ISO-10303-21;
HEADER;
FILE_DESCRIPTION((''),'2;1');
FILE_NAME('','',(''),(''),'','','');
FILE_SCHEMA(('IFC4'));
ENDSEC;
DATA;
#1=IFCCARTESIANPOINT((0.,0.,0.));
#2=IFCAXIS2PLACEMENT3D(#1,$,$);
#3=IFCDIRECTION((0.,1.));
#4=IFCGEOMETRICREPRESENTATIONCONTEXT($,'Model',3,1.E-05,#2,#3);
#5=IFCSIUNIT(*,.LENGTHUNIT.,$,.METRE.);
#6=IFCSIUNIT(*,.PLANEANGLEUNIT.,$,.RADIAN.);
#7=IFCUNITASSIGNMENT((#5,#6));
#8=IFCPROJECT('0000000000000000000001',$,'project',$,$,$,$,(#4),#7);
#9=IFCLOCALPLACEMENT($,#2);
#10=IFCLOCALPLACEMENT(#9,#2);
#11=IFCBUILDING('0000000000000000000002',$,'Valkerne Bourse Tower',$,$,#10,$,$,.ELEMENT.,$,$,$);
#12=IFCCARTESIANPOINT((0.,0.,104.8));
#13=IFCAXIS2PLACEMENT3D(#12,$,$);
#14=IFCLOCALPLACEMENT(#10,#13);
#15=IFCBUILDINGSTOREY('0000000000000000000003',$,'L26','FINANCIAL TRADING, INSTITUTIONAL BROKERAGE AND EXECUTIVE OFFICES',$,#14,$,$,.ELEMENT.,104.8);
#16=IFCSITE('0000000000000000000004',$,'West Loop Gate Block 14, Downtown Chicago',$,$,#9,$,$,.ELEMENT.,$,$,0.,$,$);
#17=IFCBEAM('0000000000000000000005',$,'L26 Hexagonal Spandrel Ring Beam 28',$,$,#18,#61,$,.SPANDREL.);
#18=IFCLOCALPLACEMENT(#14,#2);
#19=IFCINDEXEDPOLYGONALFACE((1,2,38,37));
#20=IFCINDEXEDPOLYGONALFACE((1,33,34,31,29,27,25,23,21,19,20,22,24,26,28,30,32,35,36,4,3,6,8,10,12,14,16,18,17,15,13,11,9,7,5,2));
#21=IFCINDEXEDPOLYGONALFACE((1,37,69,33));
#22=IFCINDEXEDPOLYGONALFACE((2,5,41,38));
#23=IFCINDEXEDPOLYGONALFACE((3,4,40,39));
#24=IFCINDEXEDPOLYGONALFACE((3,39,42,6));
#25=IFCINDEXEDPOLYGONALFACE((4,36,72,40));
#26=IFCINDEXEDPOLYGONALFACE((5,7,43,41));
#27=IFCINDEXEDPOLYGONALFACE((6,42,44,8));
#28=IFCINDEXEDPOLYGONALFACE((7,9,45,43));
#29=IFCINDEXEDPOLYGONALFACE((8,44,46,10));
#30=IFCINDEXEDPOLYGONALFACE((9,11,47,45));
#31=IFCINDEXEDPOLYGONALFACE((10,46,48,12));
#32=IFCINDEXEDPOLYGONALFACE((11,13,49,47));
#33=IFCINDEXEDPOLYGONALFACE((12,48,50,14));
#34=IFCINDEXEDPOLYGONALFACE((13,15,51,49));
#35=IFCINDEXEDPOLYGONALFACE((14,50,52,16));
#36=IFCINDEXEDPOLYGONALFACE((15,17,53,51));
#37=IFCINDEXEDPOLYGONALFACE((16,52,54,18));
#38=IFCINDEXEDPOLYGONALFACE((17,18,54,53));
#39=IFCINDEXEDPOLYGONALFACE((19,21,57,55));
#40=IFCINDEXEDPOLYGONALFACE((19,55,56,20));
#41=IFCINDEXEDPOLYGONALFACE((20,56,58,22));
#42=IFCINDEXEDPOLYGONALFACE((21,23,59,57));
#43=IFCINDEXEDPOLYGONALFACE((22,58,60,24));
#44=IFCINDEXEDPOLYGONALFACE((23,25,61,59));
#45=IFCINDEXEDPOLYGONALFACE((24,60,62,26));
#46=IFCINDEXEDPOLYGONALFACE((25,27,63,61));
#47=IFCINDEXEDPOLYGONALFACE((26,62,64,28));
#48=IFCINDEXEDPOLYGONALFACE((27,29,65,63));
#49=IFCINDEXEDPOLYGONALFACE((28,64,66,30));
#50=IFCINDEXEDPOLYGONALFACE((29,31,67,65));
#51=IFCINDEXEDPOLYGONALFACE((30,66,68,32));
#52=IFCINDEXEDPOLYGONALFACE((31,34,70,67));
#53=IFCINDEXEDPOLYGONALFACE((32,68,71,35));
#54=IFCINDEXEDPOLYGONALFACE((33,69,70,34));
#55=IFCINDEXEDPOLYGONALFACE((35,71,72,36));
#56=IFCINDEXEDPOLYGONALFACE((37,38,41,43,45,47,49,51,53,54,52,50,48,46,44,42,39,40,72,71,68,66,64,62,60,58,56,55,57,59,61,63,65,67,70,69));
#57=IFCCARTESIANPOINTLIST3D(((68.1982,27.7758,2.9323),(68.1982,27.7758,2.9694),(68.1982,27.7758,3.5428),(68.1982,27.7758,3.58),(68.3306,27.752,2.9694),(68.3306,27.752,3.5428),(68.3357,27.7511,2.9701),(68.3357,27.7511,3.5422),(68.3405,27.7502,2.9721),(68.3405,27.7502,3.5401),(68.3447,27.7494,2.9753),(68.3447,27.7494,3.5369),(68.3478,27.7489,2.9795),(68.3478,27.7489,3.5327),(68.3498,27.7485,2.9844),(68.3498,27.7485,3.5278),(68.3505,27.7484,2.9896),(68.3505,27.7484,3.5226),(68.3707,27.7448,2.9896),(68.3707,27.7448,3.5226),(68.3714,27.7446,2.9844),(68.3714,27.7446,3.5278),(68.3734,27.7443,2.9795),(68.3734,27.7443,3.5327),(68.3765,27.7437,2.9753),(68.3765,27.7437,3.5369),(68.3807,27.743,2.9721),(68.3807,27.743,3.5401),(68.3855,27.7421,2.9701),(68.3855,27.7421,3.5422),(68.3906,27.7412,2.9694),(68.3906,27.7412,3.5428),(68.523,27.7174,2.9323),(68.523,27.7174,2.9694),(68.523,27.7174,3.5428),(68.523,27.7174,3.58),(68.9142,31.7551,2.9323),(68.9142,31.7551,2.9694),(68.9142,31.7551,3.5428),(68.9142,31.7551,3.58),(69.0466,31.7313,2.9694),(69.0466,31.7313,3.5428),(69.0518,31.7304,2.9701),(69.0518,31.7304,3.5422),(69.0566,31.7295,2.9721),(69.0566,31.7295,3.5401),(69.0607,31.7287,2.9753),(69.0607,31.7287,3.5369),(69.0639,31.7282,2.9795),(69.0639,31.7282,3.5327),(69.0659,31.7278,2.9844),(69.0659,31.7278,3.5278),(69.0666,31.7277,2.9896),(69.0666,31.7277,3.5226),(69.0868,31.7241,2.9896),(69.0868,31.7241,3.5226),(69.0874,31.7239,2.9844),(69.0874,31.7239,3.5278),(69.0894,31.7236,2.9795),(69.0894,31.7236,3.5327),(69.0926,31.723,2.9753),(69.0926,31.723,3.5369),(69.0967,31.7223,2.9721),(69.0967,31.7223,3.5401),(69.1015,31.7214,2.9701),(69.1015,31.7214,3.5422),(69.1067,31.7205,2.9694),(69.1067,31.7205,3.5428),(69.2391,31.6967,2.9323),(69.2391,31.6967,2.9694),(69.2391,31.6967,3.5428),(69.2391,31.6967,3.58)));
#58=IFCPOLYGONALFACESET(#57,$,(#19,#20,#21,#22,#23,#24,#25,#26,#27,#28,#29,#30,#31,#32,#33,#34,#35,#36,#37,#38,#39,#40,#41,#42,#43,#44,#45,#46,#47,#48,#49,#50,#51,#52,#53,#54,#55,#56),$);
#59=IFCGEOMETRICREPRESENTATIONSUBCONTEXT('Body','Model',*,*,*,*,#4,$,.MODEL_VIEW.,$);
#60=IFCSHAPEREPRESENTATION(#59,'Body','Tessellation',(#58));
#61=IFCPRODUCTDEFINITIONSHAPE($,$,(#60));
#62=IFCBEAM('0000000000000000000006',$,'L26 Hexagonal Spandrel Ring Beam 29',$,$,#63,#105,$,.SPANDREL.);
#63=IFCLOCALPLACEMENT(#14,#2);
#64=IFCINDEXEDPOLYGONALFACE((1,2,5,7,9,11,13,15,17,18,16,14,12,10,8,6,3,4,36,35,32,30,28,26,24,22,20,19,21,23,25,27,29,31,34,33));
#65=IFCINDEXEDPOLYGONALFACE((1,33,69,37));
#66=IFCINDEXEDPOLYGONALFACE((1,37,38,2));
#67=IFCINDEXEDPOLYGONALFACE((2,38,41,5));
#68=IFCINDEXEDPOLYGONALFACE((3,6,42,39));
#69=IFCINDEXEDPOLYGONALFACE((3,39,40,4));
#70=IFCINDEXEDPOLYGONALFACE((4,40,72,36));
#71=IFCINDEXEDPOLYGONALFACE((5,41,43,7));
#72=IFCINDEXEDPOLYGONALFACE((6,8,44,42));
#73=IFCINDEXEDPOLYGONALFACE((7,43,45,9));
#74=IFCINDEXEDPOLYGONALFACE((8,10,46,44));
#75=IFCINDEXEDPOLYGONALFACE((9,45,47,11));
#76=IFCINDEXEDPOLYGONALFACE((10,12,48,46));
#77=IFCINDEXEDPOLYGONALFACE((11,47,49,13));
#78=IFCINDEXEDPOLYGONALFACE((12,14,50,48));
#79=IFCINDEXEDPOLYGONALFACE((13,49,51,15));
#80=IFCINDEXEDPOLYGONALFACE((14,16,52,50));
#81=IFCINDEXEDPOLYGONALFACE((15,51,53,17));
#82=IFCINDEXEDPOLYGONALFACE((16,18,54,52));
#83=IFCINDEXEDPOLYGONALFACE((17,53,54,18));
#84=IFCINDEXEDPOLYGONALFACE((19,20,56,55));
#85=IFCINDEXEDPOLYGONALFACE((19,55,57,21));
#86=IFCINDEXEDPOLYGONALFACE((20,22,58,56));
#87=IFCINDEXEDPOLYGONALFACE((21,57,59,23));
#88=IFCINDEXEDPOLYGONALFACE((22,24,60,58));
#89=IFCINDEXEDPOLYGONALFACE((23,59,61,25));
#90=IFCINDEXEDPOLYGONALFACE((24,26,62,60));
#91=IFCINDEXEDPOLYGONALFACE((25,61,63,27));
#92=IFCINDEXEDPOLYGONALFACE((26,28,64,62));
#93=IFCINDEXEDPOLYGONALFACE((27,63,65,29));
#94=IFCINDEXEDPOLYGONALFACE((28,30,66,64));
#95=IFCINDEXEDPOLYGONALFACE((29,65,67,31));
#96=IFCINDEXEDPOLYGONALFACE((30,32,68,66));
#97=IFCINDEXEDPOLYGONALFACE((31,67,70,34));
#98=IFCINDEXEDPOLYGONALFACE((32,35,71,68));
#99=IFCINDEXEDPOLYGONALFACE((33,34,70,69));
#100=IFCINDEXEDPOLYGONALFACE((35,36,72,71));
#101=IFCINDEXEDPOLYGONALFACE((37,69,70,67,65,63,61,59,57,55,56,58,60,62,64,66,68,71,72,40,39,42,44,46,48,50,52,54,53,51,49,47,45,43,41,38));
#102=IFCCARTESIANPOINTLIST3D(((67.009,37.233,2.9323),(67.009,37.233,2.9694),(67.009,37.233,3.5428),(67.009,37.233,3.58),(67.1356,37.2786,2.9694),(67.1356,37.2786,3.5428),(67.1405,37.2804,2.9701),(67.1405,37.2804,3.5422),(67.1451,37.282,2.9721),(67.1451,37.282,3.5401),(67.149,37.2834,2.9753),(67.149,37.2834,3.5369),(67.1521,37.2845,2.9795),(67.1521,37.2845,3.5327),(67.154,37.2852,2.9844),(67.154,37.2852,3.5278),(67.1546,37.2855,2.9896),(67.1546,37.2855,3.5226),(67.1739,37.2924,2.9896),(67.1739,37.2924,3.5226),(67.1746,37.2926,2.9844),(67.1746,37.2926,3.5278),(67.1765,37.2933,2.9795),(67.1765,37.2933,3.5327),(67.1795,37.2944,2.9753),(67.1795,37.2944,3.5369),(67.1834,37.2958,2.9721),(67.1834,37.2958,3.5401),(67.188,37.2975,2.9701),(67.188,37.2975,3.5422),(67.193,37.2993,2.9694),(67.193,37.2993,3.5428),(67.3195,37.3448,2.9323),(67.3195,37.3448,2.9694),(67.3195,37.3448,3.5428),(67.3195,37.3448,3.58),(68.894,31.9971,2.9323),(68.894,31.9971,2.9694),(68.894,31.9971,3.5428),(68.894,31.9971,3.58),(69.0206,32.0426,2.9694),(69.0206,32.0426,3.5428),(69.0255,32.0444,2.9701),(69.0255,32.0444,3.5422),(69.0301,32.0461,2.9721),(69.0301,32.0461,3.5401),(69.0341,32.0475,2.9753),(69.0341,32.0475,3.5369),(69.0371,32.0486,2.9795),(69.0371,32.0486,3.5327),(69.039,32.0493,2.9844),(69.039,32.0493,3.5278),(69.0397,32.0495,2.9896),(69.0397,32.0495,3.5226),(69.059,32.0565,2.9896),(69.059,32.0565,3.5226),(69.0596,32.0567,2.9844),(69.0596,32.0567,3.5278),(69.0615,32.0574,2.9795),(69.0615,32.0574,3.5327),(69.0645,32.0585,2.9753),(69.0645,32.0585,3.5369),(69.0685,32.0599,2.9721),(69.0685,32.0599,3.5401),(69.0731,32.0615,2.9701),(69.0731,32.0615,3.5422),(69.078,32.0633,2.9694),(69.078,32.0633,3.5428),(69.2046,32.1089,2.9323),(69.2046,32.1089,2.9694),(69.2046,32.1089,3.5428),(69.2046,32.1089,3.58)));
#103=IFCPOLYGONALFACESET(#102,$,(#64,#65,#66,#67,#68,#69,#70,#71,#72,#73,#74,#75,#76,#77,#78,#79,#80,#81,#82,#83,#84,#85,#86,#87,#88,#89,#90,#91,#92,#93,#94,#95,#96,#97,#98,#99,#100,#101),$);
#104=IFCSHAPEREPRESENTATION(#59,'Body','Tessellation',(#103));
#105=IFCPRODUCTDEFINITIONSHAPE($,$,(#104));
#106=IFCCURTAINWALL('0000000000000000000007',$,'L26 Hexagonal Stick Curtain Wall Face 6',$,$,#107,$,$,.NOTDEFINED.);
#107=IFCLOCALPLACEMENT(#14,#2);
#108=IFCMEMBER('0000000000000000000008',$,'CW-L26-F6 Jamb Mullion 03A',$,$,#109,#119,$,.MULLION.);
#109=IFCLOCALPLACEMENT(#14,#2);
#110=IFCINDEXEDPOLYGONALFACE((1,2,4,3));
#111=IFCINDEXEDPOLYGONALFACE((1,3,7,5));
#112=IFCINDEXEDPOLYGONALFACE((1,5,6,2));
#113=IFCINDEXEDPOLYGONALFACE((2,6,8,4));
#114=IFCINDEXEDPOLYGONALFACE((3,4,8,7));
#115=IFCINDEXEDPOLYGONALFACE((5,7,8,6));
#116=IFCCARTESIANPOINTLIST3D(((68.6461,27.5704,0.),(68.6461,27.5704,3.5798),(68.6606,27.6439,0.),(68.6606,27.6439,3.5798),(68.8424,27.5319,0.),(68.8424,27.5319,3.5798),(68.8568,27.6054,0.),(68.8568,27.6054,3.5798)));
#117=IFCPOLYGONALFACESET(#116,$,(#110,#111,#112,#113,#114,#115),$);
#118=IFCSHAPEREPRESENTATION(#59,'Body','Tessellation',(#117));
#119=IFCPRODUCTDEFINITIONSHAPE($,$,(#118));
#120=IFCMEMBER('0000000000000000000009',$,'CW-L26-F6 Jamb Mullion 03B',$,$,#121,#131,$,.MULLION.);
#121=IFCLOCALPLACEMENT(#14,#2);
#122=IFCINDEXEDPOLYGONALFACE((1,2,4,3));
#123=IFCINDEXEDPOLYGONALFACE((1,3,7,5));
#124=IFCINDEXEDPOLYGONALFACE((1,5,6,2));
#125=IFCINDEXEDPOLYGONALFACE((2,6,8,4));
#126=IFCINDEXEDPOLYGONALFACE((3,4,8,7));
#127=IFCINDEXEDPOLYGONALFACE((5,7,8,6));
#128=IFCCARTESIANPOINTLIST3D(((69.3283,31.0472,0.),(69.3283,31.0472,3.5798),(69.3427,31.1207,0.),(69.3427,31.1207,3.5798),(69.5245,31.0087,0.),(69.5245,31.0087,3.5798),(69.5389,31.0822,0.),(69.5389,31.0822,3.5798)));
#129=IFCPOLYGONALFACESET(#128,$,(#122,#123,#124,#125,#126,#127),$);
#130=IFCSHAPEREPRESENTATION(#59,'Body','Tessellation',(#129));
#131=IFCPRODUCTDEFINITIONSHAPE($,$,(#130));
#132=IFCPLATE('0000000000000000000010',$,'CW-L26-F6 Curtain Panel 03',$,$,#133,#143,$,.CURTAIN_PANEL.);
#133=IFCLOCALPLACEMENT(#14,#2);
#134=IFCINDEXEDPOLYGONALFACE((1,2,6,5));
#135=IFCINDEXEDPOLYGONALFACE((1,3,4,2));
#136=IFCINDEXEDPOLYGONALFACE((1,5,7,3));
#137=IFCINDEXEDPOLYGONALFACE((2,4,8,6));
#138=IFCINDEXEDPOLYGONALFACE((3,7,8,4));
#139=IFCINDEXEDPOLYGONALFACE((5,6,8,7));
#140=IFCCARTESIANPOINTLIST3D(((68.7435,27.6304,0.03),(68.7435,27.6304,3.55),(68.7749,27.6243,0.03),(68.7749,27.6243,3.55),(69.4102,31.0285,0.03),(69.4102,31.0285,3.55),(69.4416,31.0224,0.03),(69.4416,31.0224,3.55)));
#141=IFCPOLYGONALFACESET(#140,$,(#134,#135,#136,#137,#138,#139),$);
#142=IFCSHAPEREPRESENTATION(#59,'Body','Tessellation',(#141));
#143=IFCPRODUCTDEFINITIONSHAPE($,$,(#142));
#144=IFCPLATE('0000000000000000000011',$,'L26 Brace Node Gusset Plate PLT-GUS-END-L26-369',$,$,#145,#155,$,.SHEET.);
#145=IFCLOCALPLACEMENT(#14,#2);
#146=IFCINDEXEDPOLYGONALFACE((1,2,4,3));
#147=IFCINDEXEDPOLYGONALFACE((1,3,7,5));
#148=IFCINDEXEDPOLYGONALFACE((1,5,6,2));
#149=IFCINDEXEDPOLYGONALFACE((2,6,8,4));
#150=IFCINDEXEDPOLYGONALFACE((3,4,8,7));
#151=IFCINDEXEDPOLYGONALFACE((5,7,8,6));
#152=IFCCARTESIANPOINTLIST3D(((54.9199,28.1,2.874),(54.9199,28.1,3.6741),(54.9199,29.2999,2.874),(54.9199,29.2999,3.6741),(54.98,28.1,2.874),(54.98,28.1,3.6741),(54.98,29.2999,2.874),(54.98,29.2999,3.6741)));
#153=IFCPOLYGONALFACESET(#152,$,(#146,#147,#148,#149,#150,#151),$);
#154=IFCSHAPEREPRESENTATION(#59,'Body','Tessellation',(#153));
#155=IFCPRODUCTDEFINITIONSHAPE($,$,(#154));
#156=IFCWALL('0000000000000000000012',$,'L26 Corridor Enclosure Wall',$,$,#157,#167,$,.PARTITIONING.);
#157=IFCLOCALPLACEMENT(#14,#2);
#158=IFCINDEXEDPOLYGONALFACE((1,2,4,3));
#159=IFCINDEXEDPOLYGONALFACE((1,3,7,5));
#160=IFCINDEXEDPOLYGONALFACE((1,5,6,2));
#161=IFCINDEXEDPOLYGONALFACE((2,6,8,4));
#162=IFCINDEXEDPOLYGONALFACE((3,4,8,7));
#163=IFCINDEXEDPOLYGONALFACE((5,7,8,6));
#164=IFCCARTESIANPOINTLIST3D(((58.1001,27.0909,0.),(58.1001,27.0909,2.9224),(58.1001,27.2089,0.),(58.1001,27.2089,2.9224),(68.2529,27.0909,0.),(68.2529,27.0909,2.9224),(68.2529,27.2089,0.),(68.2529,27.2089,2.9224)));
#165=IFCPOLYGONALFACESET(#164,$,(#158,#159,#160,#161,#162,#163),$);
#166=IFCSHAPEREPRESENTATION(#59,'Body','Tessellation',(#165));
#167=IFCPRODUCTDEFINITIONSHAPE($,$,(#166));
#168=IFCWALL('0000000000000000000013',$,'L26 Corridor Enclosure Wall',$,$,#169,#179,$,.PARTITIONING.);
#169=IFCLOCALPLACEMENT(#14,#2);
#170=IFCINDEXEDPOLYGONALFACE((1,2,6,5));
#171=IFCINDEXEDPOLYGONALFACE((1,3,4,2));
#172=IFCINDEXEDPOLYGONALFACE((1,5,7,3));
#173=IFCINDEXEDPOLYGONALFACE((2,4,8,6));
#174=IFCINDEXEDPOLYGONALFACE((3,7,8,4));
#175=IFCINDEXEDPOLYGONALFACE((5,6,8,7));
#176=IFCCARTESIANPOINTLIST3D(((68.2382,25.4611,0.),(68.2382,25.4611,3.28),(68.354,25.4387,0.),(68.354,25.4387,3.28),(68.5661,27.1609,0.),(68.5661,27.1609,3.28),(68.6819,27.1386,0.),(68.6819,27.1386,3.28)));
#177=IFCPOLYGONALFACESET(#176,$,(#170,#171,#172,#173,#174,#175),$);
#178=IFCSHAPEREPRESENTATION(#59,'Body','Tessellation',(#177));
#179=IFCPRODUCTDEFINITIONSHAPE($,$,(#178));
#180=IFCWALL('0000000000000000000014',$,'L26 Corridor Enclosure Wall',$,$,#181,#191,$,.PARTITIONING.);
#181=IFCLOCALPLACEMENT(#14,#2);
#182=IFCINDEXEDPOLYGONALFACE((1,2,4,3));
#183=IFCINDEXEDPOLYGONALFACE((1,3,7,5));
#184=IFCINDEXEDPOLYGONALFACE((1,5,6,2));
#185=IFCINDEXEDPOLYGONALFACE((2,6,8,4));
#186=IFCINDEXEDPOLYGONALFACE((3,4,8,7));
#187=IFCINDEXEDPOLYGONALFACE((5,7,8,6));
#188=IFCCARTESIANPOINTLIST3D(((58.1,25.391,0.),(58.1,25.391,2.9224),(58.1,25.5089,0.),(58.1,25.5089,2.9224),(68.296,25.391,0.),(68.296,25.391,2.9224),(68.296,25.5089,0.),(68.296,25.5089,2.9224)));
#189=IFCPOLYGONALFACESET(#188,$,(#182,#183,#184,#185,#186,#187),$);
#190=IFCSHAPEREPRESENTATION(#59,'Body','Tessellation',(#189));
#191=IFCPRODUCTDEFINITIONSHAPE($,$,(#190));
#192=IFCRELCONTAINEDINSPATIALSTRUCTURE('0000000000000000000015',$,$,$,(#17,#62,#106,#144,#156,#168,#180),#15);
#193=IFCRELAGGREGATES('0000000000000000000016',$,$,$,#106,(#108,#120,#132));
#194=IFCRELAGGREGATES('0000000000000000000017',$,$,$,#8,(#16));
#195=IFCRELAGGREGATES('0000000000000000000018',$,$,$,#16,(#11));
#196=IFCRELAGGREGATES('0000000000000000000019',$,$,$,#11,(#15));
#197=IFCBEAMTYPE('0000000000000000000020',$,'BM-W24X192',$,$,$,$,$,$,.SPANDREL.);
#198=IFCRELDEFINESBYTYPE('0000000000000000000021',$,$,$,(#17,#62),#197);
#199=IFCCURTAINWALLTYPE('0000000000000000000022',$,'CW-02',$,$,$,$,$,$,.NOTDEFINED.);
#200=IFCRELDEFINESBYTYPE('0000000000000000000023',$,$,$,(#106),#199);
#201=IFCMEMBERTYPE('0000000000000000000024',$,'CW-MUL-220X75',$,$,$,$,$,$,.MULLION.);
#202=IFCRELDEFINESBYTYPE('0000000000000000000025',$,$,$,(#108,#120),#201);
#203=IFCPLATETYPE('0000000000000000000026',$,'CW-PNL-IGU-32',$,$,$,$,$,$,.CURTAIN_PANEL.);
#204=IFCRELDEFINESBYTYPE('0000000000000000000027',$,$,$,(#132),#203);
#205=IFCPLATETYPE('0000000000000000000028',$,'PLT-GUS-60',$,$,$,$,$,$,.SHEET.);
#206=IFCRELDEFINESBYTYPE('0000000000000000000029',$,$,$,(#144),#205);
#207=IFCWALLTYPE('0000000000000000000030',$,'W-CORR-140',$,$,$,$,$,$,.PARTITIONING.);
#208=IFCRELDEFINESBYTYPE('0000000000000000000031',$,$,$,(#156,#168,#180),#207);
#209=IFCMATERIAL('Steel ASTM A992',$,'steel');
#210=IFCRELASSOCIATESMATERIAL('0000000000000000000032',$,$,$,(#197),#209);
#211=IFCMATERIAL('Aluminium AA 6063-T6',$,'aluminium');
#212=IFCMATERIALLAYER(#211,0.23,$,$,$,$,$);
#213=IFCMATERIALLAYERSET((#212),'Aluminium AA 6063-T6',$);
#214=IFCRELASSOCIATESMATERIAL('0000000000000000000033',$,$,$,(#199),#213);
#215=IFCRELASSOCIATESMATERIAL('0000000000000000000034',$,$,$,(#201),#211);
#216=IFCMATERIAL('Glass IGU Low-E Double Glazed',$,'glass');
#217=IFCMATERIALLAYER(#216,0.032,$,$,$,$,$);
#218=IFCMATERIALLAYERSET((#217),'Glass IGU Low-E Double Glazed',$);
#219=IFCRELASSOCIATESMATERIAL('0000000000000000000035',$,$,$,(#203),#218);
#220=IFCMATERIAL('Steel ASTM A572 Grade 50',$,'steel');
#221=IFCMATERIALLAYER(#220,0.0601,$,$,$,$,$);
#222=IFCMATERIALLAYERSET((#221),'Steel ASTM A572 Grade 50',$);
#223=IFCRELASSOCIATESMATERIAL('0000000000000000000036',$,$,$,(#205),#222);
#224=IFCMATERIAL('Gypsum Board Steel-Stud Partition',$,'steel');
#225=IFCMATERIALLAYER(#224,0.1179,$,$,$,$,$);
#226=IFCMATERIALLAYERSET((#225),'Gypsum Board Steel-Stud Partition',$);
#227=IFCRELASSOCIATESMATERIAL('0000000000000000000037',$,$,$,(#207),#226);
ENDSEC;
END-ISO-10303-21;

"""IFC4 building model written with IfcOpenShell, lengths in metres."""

from ifc_helpers import new_model, si_unit, direction, frame, frame_2d, origin, origin_2d, place, context, subcontext, project, spatial, rectangle, i_section, extrude, material, layer, layer_set, material_profile, profile_set, type_object, element, aggregate, save


model = new_model("IFC4")

# Units and contexts
model_context = context("Model", 3, precision=1e-05, world=origin(), true_north=direction((0.0, 1.0)))
body_context = subcontext(model_context, "Body", "Model", "MODEL_VIEW")
ifc_project = project(units=[si_unit("LENGTHUNIT", "METRE"), si_unit("PLANEANGLEUNIT", "RADIAN")], contexts=[model_context])

# Site, building, storey
site_placement = place(None, origin())
site = spatial("IfcSite", under=ifc_project, at=site_placement, Name="West Loop Gate Block 14, Downtown Chicago", CompositionType="ELEMENT", RefElevation=0.0)
building_placement = place(site_placement, origin())
building = spatial("IfcBuilding", under=site, at=building_placement, Name="Valkerne Bourse Tower", CompositionType="ELEMENT")
storey_placement = place(building_placement, frame((0.0, 0.0, 104.8)))
storey = spatial("IfcBuildingStorey", under=building, at=storey_placement, Name="L26", Description="FINANCIAL TRADING, INSTITUTIONAL BROKERAGE AND EXECUTIVE OFFICES", CompositionType="ELEMENT", Elevation=104.8)

# Beams
ifc_material_1 = material(Name="Steel ASTM A992", Category="steel")
ifc_material_profile_1 = material_profile(ifc_material_1, i_section(OverallWidth=0.3301, OverallDepth=0.6477, WebThickness=0.0205, FlangeThickness=0.0371, FilletRadius=0.0203, at=origin_2d()), Name="W24X192")
ifc_profile_set_1 = profile_set([ifc_material_profile_1], Name="Steel ASTM A992")
beam_type_1 = type_object("IfcBeamType", Name="BM-W24X192", PredefinedType="SPANDREL", material=ifc_profile_set_1)
beam_1_placement = place(storey_placement, frame((68.3606, 27.7466, 3.2561), z_axis=(0.177105, 0.984192, 0.0), x_axis=(-0.984192, 0.177105, 0.0)))
element("IfcBeam", 1, at=beam_1_placement, inside=storey, type_object=beam_type_1, Name="L26 Hexagonal Spandrel Ring Beam 28", PredefinedType="SPANDREL", context=body_context, shape_type="SweptSolid", body=[
    extrude(i_section(OverallWidth=0.3301, OverallDepth=0.6477, WebThickness=0.0205, FlangeThickness=0.0371, FilletRadius=0.0203, at=origin_2d()), origin(), (0.0, 0.0, 1.0), 4.0432),
])
beam_2_placement = place(storey_placement, frame((69.0493, 32.053, 3.2561), z_axis=(-0.338737, 0.940881, 0.0), x_axis=(-0.940881, -0.338737, 0.0)))
element("IfcBeam", 2, at=beam_2_placement, inside=storey, type_object=beam_type_1, Name="L26 Hexagonal Spandrel Ring Beam 29", PredefinedType="SPANDREL", context=body_context, shape_type="SweptSolid", body=[
    extrude(i_section(OverallWidth=0.3301, OverallDepth=0.6477, WebThickness=0.0205, FlangeThickness=0.0371, FilletRadius=0.0203, at=origin_2d()), origin(), (0.0, 0.0, 1.0), 5.5649),
])

# Curtain wall, members, plate
ifc_material_2 = material(Name="Aluminium AA 6063-T6", Category="aluminium")
ifc_layer_1 = layer(ifc_material_2, 0.23)
ifc_layer_set_1 = layer_set([ifc_layer_1], Name="Aluminium AA 6063-T6")
curtain_wall_type = type_object("IfcCurtainWallType", Name="CW-02", PredefinedType="NOTDEFINED", material=ifc_layer_set_1)
curtain_wall_placement = place(storey_placement, origin())
curtain_wall = element("IfcCurtainWall", 3, at=curtain_wall_placement, inside=storey, type_object=curtain_wall_type, Name="L26 Hexagonal Stick Curtain Wall Face 6", PredefinedType="NOTDEFINED")
ifc_material_profile_2 = material_profile(ifc_material_2, rectangle(XDim=0.075, YDim=0.2, at=origin_2d()), Name="CWM-75X200")
ifc_profile_set_2 = profile_set([ifc_material_profile_2], Name="Aluminium AA 6063-T6")
member_type = type_object("IfcMemberType", Name="CW-MUL-220X75", PredefinedType="MULLION", material=ifc_profile_set_2)
member_1_placement = place(storey_placement, frame((68.7515, 27.5879, 0.0), z_axis=(0.0, 0.0, 1.0), x_axis=(0.192539, 0.981289, 0.0)))
member_1 = element("IfcMember", 4, at=member_1_placement, type_object=member_type, Name="CW-L26-F6 Jamb Mullion 03A", PredefinedType="MULLION", context=body_context, shape_type="SweptSolid", body=[
    extrude(rectangle(XDim=0.075, YDim=0.2, at=origin_2d()), origin(), (0.0, 0.0, 1.0), 3.5798),
])
member_2_placement = place(storey_placement, frame((69.4336, 31.0647, 0.0), z_axis=(0.0, 0.0, 1.0), x_axis=(0.192539, 0.981289, 0.0)))
member_2 = element("IfcMember", 5, at=member_2_placement, type_object=member_type, Name="CW-L26-F6 Jamb Mullion 03B", PredefinedType="MULLION", context=body_context, shape_type="SweptSolid", body=[
    extrude(rectangle(XDim=0.075, YDim=0.2, at=origin_2d()), origin(), (0.0, 0.0, 1.0), 3.5798),
])
ifc_material_3 = material(Name="Glass IGU Low-E Double Glazed", Category="glass")
ifc_layer_2 = layer(ifc_material_3, 0.032)
ifc_layer_set_2 = layer_set([ifc_layer_2], Name="Glass IGU Low-E Double Glazed")
plate_type_1 = type_object("IfcPlateType", Name="CW-PNL-IGU-32", PredefinedType="CURTAIN_PANEL", material=ifc_layer_set_2)
plate_1_placement = place(storey_placement, frame((69.0925, 29.3264, 0.03), z_axis=(0.0, 0.0, 1.0), x_axis=(0.192539, 0.981289, 0.0)))
plate_1 = element("IfcPlate", 6, at=plate_1_placement, type_object=plate_type_1, Name="CW-L26-F6 Curtain Panel 03", PredefinedType="CURTAIN_PANEL", context=body_context, shape_type="SweptSolid", body=[
    extrude(rectangle(XDim=3.4629, YDim=0.032, at=origin_2d()), origin(), (0.0, 0.0, 1.0), 3.52),
])
aggregate(curtain_wall, [member_1, member_2, plate_1])

# Plate
ifc_material_4 = material(Name="Steel ASTM A572 Grade 50", Category="steel")
ifc_layer_3 = layer(ifc_material_4, 0.0601)
ifc_layer_set_3 = layer_set([ifc_layer_3], Name="Steel ASTM A572 Grade 50")
plate_type_2 = type_object("IfcPlateType", Name="PLT-GUS-60", PredefinedType="SHEET", material=ifc_layer_set_3)
plate_2_placement = place(storey_placement, frame((54.95, 28.7, 2.874), z_axis=(0.0, 0.0, 1.0), x_axis=(0.0, 1.0, 0.0)))
element("IfcPlate", 7, at=plate_2_placement, inside=storey, type_object=plate_type_2, Name="L26 Brace Node Gusset Plate PLT-GUS-END-L26-369", PredefinedType="SHEET", context=body_context, shape_type="SweptSolid", body=[
    extrude(rectangle(XDim=1.2, YDim=0.0601, at=origin_2d()), origin(), (0.0, 0.0, 1.0), 0.8),
])

# Walls
ifc_material_5 = material(Name="Gypsum Board Steel-Stud Partition", Category="steel")
ifc_layer_4 = layer(ifc_material_5, 0.1179)
ifc_layer_set_4 = layer_set([ifc_layer_4], Name="Gypsum Board Steel-Stud Partition")
wall_type_1 = type_object("IfcWallType", Name="W-CORR-140", PredefinedType="PARTITIONING", material=ifc_layer_set_4)
wall_1_placement = place(storey_placement, frame((58.1001, 27.1499, 0.0), z_axis=(0.0, 0.0, 1.0), x_axis=(1.0, 0.0, 0.0)))
element("IfcWall", 8, at=wall_1_placement, inside=storey, type_object=wall_type_1, Name="L26 Corridor Enclosure Wall", PredefinedType="PARTITIONING", context=body_context, shape_type="SweptSolid", body=[
    extrude(rectangle(XDim=10.1528, YDim=0.1179, at=frame_2d((5.0764, 0.0))), origin(), (0.0, 0.0, 1.0), 2.9224),
])
wall_2_placement = place(storey_placement, frame((68.624, 27.1499, 0.0), z_axis=(0.0, 0.0, 1.0), x_axis=(-0.189386, -0.981903, 0.0)))
element("IfcWall", 9, at=wall_2_placement, inside=storey, type_object=wall_type_1, Name="L26 Corridor Enclosure Wall", PredefinedType="PARTITIONING", context=body_context, shape_type="SweptSolid", body=[
    extrude(rectangle(XDim=1.7312, YDim=0.1179, at=frame_2d((0.8657, 0.0))), origin(), (0.0, 0.0, 1.0), 3.28),
])
wall_3_placement = place(storey_placement, frame((68.2961, 25.45, 0.0), z_axis=(0.0, 0.0, 1.0), x_axis=(-1.0, 0.0, 0.0)))
element("IfcWall", 10, at=wall_3_placement, inside=storey, type_object=wall_type_1, Name="L26 Corridor Enclosure Wall", PredefinedType="PARTITIONING", context=body_context, shape_type="SweptSolid", body=[
    extrude(rectangle(XDim=10.196, YDim=0.1179, at=frame_2d((5.0981, 0.0))), origin(), (0.0, 0.0, 1.0), 2.9224),
])

save(model, "model.ifc")
